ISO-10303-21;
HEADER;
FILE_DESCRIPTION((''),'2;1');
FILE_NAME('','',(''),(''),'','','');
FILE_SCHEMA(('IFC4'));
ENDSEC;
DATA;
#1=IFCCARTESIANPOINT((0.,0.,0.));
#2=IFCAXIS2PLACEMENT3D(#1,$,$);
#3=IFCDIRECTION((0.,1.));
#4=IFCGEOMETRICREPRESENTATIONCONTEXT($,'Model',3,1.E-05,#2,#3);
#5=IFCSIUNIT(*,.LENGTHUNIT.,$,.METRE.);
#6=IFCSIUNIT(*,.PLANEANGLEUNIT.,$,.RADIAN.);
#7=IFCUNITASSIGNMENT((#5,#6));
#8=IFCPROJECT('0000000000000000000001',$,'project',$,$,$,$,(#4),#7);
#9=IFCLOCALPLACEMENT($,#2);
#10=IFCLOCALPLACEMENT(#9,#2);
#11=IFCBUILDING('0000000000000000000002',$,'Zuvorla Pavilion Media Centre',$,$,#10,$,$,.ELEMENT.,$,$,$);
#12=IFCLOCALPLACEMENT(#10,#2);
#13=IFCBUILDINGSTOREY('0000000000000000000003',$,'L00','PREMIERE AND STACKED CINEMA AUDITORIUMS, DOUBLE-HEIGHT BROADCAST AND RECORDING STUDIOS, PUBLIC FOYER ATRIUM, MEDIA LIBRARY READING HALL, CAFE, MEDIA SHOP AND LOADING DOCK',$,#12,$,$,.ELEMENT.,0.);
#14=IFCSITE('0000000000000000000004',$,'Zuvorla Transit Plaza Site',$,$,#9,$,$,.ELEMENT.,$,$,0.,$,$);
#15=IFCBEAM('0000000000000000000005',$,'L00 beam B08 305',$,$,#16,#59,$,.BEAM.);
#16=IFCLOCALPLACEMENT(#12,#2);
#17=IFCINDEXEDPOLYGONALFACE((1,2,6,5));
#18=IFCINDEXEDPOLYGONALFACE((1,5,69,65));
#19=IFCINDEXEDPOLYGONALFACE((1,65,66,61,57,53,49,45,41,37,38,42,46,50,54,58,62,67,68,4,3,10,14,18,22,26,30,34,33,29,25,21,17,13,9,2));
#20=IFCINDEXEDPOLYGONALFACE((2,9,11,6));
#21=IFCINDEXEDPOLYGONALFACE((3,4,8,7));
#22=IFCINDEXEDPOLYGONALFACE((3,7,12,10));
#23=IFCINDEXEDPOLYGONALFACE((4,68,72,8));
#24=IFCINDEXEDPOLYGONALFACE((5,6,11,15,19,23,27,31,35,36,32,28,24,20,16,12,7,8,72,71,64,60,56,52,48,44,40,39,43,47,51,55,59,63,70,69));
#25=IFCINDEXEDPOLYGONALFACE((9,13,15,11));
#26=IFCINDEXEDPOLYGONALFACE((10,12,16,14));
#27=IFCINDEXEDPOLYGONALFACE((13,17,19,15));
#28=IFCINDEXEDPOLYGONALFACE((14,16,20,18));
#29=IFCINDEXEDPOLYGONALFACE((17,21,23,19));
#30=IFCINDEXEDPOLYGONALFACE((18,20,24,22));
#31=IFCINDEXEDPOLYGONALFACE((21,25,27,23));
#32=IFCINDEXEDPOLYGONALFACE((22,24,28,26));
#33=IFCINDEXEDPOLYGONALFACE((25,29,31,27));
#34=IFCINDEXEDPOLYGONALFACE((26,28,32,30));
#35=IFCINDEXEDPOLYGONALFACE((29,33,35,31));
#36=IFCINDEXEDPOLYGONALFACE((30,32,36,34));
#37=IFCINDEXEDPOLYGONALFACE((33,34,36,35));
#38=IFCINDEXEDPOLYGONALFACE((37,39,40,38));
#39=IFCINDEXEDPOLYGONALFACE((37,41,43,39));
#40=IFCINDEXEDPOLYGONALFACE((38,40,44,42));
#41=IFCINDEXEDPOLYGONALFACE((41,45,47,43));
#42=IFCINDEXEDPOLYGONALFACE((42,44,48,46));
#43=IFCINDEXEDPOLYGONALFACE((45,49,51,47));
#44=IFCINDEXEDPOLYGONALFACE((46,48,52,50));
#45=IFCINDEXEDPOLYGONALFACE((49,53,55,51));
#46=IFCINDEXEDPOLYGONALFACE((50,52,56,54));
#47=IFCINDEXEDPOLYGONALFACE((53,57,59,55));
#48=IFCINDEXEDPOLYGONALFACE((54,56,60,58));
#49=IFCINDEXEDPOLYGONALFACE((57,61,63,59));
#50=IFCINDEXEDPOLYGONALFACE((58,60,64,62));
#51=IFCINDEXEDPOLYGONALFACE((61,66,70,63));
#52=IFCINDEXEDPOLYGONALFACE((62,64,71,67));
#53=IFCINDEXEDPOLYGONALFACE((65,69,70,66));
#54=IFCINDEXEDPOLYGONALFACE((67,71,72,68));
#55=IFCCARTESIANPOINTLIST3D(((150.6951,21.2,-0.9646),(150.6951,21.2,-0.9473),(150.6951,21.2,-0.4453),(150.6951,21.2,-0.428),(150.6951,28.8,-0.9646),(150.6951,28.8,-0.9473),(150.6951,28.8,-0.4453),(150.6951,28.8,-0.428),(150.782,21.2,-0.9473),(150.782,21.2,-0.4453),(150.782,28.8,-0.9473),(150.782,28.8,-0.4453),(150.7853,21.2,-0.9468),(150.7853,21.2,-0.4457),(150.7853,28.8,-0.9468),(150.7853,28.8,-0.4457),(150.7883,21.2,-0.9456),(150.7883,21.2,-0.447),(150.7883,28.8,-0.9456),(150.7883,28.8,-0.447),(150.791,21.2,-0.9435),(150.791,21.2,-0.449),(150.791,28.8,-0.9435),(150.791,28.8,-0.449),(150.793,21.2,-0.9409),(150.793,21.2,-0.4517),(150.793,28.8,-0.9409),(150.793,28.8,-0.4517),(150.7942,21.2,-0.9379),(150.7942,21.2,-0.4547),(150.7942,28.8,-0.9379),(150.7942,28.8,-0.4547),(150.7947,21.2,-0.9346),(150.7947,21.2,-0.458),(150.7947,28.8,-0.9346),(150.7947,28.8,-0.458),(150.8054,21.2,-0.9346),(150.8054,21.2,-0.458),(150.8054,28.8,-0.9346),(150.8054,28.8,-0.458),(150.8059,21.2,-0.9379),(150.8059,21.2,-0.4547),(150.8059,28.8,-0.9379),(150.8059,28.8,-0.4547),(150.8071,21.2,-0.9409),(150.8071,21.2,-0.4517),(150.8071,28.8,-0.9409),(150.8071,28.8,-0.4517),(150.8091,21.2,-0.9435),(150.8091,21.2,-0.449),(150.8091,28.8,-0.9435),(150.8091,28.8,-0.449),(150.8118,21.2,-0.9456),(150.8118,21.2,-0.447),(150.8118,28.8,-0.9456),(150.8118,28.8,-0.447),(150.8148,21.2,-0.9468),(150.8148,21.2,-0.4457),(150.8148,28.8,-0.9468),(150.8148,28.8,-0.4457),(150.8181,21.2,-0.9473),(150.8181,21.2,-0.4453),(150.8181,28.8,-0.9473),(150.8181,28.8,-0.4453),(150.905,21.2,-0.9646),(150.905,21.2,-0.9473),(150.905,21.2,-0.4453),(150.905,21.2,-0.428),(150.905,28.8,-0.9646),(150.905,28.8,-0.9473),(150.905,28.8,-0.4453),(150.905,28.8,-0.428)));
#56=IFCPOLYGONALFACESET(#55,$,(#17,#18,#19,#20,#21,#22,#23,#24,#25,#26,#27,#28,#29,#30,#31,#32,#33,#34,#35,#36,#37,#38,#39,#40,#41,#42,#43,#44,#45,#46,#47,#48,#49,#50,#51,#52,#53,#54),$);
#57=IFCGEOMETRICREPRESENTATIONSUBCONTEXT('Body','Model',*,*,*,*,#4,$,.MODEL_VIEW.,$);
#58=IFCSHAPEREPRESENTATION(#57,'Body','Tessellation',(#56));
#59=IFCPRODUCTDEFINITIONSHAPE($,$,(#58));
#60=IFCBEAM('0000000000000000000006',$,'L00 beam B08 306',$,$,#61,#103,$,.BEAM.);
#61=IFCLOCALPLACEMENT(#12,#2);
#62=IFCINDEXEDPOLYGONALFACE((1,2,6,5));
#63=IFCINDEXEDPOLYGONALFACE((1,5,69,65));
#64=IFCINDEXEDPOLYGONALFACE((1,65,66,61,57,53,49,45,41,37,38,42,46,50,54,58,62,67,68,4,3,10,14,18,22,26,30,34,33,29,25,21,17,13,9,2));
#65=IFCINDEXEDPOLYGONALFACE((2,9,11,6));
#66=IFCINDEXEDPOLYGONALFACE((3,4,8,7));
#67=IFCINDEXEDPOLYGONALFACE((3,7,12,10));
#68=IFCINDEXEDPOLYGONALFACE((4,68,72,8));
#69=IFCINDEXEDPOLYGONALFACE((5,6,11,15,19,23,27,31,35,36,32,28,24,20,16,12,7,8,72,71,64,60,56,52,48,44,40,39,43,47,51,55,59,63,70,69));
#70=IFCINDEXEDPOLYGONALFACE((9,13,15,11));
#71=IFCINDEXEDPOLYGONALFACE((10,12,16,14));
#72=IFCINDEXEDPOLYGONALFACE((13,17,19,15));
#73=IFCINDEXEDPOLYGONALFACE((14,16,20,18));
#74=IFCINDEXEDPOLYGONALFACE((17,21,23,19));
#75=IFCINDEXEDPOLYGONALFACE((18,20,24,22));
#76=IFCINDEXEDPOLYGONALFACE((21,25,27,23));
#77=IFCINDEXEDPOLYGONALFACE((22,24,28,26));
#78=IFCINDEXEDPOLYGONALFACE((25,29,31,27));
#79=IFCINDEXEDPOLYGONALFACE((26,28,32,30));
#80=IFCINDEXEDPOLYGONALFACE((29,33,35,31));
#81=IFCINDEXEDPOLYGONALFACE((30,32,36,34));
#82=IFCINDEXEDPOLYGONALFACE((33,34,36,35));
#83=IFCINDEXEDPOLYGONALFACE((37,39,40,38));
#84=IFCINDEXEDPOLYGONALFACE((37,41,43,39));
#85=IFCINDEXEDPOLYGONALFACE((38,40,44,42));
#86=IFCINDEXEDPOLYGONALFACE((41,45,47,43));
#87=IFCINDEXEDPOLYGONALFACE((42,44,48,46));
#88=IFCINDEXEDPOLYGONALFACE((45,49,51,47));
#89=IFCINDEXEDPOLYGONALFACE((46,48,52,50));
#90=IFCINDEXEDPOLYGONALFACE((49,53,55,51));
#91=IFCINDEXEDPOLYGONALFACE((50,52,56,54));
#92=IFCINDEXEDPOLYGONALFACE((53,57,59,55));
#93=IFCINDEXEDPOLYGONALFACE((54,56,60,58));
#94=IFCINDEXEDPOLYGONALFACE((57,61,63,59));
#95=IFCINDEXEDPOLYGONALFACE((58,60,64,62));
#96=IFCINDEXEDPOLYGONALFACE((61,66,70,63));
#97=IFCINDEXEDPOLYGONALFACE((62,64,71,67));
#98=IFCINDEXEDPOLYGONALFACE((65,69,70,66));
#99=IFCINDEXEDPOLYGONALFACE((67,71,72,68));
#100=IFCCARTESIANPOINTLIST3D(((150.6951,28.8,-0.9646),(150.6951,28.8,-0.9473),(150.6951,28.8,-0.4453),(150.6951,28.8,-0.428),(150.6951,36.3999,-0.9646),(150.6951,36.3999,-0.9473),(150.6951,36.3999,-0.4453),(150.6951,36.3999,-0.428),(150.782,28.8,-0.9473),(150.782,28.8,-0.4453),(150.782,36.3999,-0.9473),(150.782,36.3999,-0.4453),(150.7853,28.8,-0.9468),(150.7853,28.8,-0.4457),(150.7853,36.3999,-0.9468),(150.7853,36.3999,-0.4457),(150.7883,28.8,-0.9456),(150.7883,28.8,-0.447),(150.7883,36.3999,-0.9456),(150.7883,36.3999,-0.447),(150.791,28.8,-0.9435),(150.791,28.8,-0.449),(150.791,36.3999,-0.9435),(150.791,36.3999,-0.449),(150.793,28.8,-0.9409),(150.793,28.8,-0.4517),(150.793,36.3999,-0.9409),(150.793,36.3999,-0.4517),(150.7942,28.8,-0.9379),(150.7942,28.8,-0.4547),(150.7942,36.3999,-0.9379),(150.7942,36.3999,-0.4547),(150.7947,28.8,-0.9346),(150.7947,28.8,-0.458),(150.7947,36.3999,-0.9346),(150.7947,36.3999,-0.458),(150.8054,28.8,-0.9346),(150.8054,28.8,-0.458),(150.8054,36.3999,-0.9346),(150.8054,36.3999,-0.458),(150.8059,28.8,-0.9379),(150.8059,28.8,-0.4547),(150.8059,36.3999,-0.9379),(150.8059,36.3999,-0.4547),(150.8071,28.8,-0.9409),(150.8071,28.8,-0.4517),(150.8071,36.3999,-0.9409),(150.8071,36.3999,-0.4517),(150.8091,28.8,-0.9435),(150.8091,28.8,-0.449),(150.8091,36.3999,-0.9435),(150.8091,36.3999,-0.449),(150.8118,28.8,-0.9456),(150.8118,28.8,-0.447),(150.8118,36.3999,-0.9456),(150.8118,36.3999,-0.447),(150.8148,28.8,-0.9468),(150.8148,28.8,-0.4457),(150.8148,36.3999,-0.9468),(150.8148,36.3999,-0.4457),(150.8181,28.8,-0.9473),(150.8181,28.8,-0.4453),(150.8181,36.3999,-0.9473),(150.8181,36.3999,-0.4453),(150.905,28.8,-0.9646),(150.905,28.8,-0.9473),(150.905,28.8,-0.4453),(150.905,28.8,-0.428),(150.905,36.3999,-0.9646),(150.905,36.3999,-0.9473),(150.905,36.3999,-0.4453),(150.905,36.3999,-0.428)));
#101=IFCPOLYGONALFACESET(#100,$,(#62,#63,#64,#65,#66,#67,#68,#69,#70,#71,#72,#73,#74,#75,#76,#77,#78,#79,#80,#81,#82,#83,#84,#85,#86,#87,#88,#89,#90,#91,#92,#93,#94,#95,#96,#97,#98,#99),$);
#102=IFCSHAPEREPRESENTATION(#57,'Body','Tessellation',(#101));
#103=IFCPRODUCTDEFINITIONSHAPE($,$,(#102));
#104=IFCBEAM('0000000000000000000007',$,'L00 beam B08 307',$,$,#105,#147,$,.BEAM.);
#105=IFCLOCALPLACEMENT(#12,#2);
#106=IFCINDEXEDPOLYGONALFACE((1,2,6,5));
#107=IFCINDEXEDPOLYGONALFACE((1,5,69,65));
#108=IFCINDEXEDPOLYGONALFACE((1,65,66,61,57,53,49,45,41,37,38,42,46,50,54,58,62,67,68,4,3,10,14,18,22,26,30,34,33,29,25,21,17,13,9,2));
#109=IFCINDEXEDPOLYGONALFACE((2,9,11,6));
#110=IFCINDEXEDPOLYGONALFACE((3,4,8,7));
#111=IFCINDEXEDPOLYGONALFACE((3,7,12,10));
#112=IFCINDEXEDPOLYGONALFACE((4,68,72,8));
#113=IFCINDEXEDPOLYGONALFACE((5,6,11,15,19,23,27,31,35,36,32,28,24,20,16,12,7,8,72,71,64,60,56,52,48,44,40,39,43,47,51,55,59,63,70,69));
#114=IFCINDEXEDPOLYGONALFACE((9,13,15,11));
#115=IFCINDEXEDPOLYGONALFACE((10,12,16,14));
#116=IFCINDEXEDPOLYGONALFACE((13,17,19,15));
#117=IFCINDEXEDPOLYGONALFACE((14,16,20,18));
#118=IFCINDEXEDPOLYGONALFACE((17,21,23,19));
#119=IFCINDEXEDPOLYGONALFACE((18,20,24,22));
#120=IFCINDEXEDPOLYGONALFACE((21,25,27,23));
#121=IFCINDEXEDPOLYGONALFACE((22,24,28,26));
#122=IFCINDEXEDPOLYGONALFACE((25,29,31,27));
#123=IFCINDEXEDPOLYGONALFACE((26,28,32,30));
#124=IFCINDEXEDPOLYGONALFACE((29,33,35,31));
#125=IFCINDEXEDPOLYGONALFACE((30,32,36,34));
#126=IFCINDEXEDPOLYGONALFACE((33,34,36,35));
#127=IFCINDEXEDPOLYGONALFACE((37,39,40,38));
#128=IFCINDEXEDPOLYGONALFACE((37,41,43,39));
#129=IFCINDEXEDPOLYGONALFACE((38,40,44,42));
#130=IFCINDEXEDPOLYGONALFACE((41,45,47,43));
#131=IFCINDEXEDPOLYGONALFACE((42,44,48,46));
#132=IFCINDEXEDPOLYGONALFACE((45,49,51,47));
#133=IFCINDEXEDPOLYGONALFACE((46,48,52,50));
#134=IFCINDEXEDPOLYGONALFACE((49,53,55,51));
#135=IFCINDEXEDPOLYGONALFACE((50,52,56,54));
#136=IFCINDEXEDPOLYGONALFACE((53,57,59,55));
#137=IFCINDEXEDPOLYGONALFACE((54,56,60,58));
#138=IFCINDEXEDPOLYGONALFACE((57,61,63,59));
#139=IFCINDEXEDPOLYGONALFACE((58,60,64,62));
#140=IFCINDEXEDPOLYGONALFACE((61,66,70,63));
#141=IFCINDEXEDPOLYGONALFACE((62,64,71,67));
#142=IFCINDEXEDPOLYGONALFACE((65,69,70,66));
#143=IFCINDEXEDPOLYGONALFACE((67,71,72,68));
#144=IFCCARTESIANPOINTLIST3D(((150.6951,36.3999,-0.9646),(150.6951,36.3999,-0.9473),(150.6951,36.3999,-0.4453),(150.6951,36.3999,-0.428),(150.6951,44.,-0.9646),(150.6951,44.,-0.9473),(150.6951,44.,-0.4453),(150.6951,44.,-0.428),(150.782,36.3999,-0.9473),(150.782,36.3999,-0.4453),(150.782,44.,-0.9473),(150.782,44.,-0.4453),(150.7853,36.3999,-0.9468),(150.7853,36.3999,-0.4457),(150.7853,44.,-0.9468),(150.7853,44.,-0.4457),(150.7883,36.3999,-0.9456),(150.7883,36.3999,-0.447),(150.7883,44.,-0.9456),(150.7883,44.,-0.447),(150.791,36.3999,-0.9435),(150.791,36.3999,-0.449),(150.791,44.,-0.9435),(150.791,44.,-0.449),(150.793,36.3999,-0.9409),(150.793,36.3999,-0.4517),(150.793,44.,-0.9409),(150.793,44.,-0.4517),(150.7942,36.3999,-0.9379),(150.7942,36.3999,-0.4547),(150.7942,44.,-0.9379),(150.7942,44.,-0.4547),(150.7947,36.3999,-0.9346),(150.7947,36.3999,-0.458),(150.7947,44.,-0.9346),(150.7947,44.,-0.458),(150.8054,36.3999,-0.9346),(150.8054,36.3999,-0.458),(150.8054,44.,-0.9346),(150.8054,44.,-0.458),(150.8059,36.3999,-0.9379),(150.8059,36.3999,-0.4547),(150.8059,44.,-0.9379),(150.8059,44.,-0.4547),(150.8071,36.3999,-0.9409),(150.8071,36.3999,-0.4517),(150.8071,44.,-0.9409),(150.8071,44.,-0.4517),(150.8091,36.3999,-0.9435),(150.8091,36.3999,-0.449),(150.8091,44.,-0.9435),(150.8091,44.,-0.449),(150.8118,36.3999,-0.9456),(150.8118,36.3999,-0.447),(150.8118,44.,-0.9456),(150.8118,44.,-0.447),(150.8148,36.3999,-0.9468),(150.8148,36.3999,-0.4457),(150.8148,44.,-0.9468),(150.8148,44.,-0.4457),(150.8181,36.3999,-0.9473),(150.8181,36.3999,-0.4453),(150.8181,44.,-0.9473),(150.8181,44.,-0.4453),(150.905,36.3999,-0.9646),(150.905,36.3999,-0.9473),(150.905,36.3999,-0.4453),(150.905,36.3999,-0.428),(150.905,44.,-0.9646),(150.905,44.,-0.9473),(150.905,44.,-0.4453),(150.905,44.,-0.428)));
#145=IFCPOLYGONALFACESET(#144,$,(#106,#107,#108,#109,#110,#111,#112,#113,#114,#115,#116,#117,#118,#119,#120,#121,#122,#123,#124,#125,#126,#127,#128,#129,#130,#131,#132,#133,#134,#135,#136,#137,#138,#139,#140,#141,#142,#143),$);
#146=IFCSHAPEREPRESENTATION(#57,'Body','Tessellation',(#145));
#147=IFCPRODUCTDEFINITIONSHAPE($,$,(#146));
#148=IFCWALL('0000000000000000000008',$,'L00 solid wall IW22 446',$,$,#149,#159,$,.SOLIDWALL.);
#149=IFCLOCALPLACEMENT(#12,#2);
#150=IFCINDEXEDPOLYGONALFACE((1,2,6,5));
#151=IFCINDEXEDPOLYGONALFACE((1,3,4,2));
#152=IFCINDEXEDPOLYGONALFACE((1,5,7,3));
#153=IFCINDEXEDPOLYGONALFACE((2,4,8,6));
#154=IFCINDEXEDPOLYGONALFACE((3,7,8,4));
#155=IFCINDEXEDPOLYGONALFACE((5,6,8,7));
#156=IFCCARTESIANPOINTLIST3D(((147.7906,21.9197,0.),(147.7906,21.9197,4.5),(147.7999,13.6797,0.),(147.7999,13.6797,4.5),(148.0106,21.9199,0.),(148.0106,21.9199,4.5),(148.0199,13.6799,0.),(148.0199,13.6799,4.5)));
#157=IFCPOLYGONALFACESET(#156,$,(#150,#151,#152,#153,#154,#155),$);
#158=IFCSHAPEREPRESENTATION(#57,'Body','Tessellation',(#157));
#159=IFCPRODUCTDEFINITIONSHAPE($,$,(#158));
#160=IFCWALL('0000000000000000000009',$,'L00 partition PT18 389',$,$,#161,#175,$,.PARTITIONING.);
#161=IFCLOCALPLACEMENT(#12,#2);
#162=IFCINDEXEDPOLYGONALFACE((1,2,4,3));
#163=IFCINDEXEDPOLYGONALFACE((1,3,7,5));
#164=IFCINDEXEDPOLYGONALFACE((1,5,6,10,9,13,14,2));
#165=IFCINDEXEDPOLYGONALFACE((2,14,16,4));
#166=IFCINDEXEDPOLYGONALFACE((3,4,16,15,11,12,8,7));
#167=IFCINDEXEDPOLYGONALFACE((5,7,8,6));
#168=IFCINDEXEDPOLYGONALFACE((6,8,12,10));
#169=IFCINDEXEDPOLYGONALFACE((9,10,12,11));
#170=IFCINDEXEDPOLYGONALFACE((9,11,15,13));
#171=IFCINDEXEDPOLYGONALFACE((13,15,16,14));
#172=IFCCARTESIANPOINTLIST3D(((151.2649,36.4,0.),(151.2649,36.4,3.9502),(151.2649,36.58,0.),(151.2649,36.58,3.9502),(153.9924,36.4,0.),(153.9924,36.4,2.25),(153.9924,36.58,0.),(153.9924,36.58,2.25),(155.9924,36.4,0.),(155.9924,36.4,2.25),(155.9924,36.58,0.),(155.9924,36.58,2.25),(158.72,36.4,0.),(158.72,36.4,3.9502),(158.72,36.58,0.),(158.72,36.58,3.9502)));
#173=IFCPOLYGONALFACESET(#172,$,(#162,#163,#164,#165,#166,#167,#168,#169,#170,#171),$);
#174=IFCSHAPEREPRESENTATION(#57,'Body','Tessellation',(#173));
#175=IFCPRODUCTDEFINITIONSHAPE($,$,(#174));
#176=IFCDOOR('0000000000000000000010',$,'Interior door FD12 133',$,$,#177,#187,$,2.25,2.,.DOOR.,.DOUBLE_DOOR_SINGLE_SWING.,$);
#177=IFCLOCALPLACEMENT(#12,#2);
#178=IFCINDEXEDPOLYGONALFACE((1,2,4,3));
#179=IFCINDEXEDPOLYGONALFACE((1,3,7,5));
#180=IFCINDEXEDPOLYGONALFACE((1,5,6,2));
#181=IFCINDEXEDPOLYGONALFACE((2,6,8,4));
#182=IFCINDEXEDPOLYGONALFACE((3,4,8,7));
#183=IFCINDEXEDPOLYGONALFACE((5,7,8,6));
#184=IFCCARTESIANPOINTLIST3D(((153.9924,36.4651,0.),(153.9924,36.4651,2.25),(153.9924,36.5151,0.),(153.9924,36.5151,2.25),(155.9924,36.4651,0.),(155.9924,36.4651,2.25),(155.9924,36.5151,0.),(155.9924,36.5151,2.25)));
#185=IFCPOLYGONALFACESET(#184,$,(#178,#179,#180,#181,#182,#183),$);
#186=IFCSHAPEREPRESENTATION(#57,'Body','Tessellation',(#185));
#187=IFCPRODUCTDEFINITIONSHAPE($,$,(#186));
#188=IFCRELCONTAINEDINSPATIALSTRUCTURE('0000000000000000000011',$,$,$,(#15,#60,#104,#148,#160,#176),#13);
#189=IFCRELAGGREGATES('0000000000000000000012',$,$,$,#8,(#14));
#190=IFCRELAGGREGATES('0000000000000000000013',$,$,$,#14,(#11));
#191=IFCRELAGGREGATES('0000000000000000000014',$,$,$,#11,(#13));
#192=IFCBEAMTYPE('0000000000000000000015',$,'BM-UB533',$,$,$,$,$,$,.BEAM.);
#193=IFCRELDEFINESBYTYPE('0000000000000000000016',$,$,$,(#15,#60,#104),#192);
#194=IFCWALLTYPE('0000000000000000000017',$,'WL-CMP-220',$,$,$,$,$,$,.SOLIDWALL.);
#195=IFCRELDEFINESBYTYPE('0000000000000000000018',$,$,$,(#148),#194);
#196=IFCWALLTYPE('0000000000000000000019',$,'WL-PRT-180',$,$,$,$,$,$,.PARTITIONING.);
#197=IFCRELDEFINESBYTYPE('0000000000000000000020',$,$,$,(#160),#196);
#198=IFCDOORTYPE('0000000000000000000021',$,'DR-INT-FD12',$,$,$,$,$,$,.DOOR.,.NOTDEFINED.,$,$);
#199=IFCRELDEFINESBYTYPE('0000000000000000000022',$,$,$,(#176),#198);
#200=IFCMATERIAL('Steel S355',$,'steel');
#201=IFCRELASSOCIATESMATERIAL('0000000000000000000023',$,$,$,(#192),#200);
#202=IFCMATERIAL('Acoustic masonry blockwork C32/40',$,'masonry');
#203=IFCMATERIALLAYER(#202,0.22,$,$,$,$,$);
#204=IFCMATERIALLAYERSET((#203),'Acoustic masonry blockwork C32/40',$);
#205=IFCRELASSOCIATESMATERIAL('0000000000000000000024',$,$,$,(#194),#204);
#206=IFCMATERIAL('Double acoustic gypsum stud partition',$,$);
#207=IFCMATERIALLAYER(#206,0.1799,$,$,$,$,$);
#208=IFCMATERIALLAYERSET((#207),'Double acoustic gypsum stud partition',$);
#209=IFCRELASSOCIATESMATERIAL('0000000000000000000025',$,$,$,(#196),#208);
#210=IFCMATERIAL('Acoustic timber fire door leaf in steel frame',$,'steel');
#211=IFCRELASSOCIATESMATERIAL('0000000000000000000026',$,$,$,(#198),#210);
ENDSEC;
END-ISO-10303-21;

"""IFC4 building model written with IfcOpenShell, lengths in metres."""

from ifc_helpers import new_model, si_unit, direction, frame, frame_2d, origin, origin_2d, place, context, subcontext, project, spatial, rectangle, i_section, extrude, material, layer, layer_set, material_profile, profile_set, type_object, element, fill, save


model = new_model("IFC4")

# Units and contexts
model_context = context("Model", 3, precision=1e-05, world=origin(), true_north=direction((0.0, 1.0)))
body_context = subcontext(model_context, "Body", "Model", "MODEL_VIEW")
ifc_project = project(units=[si_unit("LENGTHUNIT", "METRE"), si_unit("PLANEANGLEUNIT", "RADIAN")], contexts=[model_context])

# Site, building, storey
site_placement = place(None, origin())
site = spatial("IfcSite", under=ifc_project, at=site_placement, Name="Zuvorla Transit Plaza Site", CompositionType="ELEMENT", RefElevation=0.0)
building_placement = place(site_placement, origin())
building = spatial("IfcBuilding", under=site, at=building_placement, Name="Zuvorla Pavilion Media Centre", CompositionType="ELEMENT")
storey_placement = place(building_placement, origin())
storey = spatial("IfcBuildingStorey", under=building, at=storey_placement, Name="L00", Description="PREMIERE AND STACKED CINEMA AUDITORIUMS, DOUBLE-HEIGHT BROADCAST AND RECORDING STUDIOS, PUBLIC FOYER ATRIUM, MEDIA LIBRARY READING HALL, CAFE, MEDIA SHOP AND LOADING DOCK", CompositionType="ELEMENT", Elevation=0.0)

# Beams
ifc_material_1 = material(Name="Steel S355", Category="steel")
ifc_material_profile_1 = material_profile(ifc_material_1, i_section(OverallWidth=0.21, OverallDepth=0.5366, WebThickness=0.0107, FlangeThickness=0.0173, FilletRadius=0.0127, at=origin_2d()), Name="UB 533x210x101")
ifc_profile_set_1 = profile_set([ifc_material_profile_1], Name="Steel S355")
beam_type_1 = type_object("IfcBeamType", Name="BM-UB533", PredefinedType="BEAM", material=ifc_profile_set_1)
for number, where, z_axis, x_axis, name in (
    (1, (150.8, 21.2, -0.6963), (0.0, 1.0, 0.0), (-1.0, 0.0, 0.0), "L00 beam B08 305"),
):
    element("IfcBeam", number, at=place(storey_placement, frame(where, z_axis=z_axis, x_axis=x_axis)), inside=storey, type_object=beam_type_1, Name=name, PredefinedType="BEAM", context=body_context, shape_type="SweptSolid", body=[
        extrude(i_section(OverallWidth=0.21, OverallDepth=0.5366, WebThickness=0.0107, FlangeThickness=0.0173, FilletRadius=0.0127, at=origin_2d()), origin(), (0.0, 0.0, 1.0), 7.6001),
    ])
beam_1_placement = place(storey_placement, frame((150.8, 28.8, -0.6963), z_axis=(0.0, 1.0, 0.0), x_axis=(-1.0, 0.0, 0.0)))
element("IfcBeam", 2, at=beam_1_placement, inside=storey, type_object=beam_type_1, Name="L00 beam B08 306", PredefinedType="BEAM", context=body_context, shape_type="SweptSolid", body=[
    extrude(i_section(OverallWidth=0.21, OverallDepth=0.5366, WebThickness=0.0107, FlangeThickness=0.0173, FilletRadius=0.0127, at=origin_2d()), origin(), (0.0, 0.0, 1.0), 7.5999),
])
beam_2_placement = place(storey_placement, frame((150.8, 36.3999, -0.6963), z_axis=(0.0, 1.0, 0.0), x_axis=(-1.0, 0.0, 0.0)))
element("IfcBeam", 3, at=beam_2_placement, inside=storey, type_object=beam_type_1, Name="L00 beam B08 307", PredefinedType="BEAM", context=body_context, shape_type="SweptSolid", body=[
    extrude(i_section(OverallWidth=0.21, OverallDepth=0.5366, WebThickness=0.0107, FlangeThickness=0.0173, FilletRadius=0.0127, at=origin_2d()), origin(), (0.0, 0.0, 1.0), 7.6001),
])

# Wall
ifc_material_2 = material(Name="Acoustic masonry blockwork C32/40", Category="masonry")
ifc_layer_1 = layer(ifc_material_2, 0.22)
ifc_layer_set_1 = layer_set([ifc_layer_1], Name="Acoustic masonry blockwork C32/40")
wall_type_1 = type_object("IfcWallType", Name="WL-CMP-220", PredefinedType="SOLIDWALL", material=ifc_layer_set_1)
wall_1_placement = place(storey_placement, frame((147.9006, 21.9199, 0.0), z_axis=(0.0, 0.0, 1.0), x_axis=(0.001126, -0.999999, 0.0)))
element("IfcWall", 4, at=wall_1_placement, inside=storey, type_object=wall_type_1, Name="L00 solid wall IW22 446", PredefinedType="SOLIDWALL", context=body_context, shape_type="SweptSolid", body=[
    extrude(rectangle(XDim=8.24, YDim=0.22, at=frame_2d((4.1201, 0.0))), origin(), (0.0, 0.0, 1.0), 4.5),
])

# Wall, opening, door
ifc_material_3 = material(Name="Double acoustic gypsum stud partition")
ifc_layer_2 = layer(ifc_material_3, 0.1799)
ifc_layer_set_2 = layer_set([ifc_layer_2], Name="Double acoustic gypsum stud partition")
wall_type_2 = type_object("IfcWallType", Name="WL-PRT-180", PredefinedType="PARTITIONING", material=ifc_layer_set_2)
wall_2_placement = place(storey_placement, frame((158.72, 36.49, 0.0), z_axis=(0.0, 0.0, 1.0), x_axis=(-1.0, 0.0, 0.0)))
wall_2 = element("IfcWall", 5, at=wall_2_placement, inside=storey, type_object=wall_type_2, Name="L00 partition PT18 389", PredefinedType="PARTITIONING", context=body_context, shape_type="SweptSolid", body=[
    extrude(rectangle(XDim=7.4551, YDim=0.1799, at=frame_2d((3.7275, 0.0))), origin(), (0.0, 0.0, 1.0), 3.9502),
])
opening_1_placement = place(wall_2_placement, frame((2.7275, 0.0, 0.0)))
opening_1 = element("IfcOpeningElement", 6, at=opening_1_placement, cuts=wall_2, PredefinedType="OPENING", context=body_context, shape_type="SweptSolid", body=[
    extrude(rectangle(XDim=2.0, YDim=2.25, at=frame_2d((1.0, 1.125))), frame((0.0, 0.0999, 0.0), z_axis=(0.0, -1.0, 0.0), x_axis=(1.0, 0.0, 0.0)), (0.0, 0.0, 1.0), 0.2),
])
ifc_material_4 = material(Name="Acoustic timber fire door leaf in steel frame", Category="steel")
door_type_1 = type_object("IfcDoorType", Name="DR-INT-FD12", OperationType="NOTDEFINED", PredefinedType="DOOR", material=ifc_material_4)
door_1_placement = place(opening_1_placement, origin())
door_1 = element("IfcDoor", 7, at=door_1_placement, inside=storey, type_object=door_type_1, Name="Interior door FD12 133", OperationType="DOUBLE_DOOR_SINGLE_SWING", OverallHeight=2.25, OverallWidth=2.0, PredefinedType="DOOR", context=body_context, shape_type="SweptSolid", body=[
    extrude(rectangle(XDim=2.0, YDim=2.25, at=frame_2d((1.0, 1.125))), frame((0.0, 0.0249, 0.0), z_axis=(0.0, -1.0, 0.0), x_axis=(1.0, 0.0, 0.0)), (0.0, 0.0, 1.0), 0.05),
])
fill(opening_1, door_1)

save(model, "model.ifc")
